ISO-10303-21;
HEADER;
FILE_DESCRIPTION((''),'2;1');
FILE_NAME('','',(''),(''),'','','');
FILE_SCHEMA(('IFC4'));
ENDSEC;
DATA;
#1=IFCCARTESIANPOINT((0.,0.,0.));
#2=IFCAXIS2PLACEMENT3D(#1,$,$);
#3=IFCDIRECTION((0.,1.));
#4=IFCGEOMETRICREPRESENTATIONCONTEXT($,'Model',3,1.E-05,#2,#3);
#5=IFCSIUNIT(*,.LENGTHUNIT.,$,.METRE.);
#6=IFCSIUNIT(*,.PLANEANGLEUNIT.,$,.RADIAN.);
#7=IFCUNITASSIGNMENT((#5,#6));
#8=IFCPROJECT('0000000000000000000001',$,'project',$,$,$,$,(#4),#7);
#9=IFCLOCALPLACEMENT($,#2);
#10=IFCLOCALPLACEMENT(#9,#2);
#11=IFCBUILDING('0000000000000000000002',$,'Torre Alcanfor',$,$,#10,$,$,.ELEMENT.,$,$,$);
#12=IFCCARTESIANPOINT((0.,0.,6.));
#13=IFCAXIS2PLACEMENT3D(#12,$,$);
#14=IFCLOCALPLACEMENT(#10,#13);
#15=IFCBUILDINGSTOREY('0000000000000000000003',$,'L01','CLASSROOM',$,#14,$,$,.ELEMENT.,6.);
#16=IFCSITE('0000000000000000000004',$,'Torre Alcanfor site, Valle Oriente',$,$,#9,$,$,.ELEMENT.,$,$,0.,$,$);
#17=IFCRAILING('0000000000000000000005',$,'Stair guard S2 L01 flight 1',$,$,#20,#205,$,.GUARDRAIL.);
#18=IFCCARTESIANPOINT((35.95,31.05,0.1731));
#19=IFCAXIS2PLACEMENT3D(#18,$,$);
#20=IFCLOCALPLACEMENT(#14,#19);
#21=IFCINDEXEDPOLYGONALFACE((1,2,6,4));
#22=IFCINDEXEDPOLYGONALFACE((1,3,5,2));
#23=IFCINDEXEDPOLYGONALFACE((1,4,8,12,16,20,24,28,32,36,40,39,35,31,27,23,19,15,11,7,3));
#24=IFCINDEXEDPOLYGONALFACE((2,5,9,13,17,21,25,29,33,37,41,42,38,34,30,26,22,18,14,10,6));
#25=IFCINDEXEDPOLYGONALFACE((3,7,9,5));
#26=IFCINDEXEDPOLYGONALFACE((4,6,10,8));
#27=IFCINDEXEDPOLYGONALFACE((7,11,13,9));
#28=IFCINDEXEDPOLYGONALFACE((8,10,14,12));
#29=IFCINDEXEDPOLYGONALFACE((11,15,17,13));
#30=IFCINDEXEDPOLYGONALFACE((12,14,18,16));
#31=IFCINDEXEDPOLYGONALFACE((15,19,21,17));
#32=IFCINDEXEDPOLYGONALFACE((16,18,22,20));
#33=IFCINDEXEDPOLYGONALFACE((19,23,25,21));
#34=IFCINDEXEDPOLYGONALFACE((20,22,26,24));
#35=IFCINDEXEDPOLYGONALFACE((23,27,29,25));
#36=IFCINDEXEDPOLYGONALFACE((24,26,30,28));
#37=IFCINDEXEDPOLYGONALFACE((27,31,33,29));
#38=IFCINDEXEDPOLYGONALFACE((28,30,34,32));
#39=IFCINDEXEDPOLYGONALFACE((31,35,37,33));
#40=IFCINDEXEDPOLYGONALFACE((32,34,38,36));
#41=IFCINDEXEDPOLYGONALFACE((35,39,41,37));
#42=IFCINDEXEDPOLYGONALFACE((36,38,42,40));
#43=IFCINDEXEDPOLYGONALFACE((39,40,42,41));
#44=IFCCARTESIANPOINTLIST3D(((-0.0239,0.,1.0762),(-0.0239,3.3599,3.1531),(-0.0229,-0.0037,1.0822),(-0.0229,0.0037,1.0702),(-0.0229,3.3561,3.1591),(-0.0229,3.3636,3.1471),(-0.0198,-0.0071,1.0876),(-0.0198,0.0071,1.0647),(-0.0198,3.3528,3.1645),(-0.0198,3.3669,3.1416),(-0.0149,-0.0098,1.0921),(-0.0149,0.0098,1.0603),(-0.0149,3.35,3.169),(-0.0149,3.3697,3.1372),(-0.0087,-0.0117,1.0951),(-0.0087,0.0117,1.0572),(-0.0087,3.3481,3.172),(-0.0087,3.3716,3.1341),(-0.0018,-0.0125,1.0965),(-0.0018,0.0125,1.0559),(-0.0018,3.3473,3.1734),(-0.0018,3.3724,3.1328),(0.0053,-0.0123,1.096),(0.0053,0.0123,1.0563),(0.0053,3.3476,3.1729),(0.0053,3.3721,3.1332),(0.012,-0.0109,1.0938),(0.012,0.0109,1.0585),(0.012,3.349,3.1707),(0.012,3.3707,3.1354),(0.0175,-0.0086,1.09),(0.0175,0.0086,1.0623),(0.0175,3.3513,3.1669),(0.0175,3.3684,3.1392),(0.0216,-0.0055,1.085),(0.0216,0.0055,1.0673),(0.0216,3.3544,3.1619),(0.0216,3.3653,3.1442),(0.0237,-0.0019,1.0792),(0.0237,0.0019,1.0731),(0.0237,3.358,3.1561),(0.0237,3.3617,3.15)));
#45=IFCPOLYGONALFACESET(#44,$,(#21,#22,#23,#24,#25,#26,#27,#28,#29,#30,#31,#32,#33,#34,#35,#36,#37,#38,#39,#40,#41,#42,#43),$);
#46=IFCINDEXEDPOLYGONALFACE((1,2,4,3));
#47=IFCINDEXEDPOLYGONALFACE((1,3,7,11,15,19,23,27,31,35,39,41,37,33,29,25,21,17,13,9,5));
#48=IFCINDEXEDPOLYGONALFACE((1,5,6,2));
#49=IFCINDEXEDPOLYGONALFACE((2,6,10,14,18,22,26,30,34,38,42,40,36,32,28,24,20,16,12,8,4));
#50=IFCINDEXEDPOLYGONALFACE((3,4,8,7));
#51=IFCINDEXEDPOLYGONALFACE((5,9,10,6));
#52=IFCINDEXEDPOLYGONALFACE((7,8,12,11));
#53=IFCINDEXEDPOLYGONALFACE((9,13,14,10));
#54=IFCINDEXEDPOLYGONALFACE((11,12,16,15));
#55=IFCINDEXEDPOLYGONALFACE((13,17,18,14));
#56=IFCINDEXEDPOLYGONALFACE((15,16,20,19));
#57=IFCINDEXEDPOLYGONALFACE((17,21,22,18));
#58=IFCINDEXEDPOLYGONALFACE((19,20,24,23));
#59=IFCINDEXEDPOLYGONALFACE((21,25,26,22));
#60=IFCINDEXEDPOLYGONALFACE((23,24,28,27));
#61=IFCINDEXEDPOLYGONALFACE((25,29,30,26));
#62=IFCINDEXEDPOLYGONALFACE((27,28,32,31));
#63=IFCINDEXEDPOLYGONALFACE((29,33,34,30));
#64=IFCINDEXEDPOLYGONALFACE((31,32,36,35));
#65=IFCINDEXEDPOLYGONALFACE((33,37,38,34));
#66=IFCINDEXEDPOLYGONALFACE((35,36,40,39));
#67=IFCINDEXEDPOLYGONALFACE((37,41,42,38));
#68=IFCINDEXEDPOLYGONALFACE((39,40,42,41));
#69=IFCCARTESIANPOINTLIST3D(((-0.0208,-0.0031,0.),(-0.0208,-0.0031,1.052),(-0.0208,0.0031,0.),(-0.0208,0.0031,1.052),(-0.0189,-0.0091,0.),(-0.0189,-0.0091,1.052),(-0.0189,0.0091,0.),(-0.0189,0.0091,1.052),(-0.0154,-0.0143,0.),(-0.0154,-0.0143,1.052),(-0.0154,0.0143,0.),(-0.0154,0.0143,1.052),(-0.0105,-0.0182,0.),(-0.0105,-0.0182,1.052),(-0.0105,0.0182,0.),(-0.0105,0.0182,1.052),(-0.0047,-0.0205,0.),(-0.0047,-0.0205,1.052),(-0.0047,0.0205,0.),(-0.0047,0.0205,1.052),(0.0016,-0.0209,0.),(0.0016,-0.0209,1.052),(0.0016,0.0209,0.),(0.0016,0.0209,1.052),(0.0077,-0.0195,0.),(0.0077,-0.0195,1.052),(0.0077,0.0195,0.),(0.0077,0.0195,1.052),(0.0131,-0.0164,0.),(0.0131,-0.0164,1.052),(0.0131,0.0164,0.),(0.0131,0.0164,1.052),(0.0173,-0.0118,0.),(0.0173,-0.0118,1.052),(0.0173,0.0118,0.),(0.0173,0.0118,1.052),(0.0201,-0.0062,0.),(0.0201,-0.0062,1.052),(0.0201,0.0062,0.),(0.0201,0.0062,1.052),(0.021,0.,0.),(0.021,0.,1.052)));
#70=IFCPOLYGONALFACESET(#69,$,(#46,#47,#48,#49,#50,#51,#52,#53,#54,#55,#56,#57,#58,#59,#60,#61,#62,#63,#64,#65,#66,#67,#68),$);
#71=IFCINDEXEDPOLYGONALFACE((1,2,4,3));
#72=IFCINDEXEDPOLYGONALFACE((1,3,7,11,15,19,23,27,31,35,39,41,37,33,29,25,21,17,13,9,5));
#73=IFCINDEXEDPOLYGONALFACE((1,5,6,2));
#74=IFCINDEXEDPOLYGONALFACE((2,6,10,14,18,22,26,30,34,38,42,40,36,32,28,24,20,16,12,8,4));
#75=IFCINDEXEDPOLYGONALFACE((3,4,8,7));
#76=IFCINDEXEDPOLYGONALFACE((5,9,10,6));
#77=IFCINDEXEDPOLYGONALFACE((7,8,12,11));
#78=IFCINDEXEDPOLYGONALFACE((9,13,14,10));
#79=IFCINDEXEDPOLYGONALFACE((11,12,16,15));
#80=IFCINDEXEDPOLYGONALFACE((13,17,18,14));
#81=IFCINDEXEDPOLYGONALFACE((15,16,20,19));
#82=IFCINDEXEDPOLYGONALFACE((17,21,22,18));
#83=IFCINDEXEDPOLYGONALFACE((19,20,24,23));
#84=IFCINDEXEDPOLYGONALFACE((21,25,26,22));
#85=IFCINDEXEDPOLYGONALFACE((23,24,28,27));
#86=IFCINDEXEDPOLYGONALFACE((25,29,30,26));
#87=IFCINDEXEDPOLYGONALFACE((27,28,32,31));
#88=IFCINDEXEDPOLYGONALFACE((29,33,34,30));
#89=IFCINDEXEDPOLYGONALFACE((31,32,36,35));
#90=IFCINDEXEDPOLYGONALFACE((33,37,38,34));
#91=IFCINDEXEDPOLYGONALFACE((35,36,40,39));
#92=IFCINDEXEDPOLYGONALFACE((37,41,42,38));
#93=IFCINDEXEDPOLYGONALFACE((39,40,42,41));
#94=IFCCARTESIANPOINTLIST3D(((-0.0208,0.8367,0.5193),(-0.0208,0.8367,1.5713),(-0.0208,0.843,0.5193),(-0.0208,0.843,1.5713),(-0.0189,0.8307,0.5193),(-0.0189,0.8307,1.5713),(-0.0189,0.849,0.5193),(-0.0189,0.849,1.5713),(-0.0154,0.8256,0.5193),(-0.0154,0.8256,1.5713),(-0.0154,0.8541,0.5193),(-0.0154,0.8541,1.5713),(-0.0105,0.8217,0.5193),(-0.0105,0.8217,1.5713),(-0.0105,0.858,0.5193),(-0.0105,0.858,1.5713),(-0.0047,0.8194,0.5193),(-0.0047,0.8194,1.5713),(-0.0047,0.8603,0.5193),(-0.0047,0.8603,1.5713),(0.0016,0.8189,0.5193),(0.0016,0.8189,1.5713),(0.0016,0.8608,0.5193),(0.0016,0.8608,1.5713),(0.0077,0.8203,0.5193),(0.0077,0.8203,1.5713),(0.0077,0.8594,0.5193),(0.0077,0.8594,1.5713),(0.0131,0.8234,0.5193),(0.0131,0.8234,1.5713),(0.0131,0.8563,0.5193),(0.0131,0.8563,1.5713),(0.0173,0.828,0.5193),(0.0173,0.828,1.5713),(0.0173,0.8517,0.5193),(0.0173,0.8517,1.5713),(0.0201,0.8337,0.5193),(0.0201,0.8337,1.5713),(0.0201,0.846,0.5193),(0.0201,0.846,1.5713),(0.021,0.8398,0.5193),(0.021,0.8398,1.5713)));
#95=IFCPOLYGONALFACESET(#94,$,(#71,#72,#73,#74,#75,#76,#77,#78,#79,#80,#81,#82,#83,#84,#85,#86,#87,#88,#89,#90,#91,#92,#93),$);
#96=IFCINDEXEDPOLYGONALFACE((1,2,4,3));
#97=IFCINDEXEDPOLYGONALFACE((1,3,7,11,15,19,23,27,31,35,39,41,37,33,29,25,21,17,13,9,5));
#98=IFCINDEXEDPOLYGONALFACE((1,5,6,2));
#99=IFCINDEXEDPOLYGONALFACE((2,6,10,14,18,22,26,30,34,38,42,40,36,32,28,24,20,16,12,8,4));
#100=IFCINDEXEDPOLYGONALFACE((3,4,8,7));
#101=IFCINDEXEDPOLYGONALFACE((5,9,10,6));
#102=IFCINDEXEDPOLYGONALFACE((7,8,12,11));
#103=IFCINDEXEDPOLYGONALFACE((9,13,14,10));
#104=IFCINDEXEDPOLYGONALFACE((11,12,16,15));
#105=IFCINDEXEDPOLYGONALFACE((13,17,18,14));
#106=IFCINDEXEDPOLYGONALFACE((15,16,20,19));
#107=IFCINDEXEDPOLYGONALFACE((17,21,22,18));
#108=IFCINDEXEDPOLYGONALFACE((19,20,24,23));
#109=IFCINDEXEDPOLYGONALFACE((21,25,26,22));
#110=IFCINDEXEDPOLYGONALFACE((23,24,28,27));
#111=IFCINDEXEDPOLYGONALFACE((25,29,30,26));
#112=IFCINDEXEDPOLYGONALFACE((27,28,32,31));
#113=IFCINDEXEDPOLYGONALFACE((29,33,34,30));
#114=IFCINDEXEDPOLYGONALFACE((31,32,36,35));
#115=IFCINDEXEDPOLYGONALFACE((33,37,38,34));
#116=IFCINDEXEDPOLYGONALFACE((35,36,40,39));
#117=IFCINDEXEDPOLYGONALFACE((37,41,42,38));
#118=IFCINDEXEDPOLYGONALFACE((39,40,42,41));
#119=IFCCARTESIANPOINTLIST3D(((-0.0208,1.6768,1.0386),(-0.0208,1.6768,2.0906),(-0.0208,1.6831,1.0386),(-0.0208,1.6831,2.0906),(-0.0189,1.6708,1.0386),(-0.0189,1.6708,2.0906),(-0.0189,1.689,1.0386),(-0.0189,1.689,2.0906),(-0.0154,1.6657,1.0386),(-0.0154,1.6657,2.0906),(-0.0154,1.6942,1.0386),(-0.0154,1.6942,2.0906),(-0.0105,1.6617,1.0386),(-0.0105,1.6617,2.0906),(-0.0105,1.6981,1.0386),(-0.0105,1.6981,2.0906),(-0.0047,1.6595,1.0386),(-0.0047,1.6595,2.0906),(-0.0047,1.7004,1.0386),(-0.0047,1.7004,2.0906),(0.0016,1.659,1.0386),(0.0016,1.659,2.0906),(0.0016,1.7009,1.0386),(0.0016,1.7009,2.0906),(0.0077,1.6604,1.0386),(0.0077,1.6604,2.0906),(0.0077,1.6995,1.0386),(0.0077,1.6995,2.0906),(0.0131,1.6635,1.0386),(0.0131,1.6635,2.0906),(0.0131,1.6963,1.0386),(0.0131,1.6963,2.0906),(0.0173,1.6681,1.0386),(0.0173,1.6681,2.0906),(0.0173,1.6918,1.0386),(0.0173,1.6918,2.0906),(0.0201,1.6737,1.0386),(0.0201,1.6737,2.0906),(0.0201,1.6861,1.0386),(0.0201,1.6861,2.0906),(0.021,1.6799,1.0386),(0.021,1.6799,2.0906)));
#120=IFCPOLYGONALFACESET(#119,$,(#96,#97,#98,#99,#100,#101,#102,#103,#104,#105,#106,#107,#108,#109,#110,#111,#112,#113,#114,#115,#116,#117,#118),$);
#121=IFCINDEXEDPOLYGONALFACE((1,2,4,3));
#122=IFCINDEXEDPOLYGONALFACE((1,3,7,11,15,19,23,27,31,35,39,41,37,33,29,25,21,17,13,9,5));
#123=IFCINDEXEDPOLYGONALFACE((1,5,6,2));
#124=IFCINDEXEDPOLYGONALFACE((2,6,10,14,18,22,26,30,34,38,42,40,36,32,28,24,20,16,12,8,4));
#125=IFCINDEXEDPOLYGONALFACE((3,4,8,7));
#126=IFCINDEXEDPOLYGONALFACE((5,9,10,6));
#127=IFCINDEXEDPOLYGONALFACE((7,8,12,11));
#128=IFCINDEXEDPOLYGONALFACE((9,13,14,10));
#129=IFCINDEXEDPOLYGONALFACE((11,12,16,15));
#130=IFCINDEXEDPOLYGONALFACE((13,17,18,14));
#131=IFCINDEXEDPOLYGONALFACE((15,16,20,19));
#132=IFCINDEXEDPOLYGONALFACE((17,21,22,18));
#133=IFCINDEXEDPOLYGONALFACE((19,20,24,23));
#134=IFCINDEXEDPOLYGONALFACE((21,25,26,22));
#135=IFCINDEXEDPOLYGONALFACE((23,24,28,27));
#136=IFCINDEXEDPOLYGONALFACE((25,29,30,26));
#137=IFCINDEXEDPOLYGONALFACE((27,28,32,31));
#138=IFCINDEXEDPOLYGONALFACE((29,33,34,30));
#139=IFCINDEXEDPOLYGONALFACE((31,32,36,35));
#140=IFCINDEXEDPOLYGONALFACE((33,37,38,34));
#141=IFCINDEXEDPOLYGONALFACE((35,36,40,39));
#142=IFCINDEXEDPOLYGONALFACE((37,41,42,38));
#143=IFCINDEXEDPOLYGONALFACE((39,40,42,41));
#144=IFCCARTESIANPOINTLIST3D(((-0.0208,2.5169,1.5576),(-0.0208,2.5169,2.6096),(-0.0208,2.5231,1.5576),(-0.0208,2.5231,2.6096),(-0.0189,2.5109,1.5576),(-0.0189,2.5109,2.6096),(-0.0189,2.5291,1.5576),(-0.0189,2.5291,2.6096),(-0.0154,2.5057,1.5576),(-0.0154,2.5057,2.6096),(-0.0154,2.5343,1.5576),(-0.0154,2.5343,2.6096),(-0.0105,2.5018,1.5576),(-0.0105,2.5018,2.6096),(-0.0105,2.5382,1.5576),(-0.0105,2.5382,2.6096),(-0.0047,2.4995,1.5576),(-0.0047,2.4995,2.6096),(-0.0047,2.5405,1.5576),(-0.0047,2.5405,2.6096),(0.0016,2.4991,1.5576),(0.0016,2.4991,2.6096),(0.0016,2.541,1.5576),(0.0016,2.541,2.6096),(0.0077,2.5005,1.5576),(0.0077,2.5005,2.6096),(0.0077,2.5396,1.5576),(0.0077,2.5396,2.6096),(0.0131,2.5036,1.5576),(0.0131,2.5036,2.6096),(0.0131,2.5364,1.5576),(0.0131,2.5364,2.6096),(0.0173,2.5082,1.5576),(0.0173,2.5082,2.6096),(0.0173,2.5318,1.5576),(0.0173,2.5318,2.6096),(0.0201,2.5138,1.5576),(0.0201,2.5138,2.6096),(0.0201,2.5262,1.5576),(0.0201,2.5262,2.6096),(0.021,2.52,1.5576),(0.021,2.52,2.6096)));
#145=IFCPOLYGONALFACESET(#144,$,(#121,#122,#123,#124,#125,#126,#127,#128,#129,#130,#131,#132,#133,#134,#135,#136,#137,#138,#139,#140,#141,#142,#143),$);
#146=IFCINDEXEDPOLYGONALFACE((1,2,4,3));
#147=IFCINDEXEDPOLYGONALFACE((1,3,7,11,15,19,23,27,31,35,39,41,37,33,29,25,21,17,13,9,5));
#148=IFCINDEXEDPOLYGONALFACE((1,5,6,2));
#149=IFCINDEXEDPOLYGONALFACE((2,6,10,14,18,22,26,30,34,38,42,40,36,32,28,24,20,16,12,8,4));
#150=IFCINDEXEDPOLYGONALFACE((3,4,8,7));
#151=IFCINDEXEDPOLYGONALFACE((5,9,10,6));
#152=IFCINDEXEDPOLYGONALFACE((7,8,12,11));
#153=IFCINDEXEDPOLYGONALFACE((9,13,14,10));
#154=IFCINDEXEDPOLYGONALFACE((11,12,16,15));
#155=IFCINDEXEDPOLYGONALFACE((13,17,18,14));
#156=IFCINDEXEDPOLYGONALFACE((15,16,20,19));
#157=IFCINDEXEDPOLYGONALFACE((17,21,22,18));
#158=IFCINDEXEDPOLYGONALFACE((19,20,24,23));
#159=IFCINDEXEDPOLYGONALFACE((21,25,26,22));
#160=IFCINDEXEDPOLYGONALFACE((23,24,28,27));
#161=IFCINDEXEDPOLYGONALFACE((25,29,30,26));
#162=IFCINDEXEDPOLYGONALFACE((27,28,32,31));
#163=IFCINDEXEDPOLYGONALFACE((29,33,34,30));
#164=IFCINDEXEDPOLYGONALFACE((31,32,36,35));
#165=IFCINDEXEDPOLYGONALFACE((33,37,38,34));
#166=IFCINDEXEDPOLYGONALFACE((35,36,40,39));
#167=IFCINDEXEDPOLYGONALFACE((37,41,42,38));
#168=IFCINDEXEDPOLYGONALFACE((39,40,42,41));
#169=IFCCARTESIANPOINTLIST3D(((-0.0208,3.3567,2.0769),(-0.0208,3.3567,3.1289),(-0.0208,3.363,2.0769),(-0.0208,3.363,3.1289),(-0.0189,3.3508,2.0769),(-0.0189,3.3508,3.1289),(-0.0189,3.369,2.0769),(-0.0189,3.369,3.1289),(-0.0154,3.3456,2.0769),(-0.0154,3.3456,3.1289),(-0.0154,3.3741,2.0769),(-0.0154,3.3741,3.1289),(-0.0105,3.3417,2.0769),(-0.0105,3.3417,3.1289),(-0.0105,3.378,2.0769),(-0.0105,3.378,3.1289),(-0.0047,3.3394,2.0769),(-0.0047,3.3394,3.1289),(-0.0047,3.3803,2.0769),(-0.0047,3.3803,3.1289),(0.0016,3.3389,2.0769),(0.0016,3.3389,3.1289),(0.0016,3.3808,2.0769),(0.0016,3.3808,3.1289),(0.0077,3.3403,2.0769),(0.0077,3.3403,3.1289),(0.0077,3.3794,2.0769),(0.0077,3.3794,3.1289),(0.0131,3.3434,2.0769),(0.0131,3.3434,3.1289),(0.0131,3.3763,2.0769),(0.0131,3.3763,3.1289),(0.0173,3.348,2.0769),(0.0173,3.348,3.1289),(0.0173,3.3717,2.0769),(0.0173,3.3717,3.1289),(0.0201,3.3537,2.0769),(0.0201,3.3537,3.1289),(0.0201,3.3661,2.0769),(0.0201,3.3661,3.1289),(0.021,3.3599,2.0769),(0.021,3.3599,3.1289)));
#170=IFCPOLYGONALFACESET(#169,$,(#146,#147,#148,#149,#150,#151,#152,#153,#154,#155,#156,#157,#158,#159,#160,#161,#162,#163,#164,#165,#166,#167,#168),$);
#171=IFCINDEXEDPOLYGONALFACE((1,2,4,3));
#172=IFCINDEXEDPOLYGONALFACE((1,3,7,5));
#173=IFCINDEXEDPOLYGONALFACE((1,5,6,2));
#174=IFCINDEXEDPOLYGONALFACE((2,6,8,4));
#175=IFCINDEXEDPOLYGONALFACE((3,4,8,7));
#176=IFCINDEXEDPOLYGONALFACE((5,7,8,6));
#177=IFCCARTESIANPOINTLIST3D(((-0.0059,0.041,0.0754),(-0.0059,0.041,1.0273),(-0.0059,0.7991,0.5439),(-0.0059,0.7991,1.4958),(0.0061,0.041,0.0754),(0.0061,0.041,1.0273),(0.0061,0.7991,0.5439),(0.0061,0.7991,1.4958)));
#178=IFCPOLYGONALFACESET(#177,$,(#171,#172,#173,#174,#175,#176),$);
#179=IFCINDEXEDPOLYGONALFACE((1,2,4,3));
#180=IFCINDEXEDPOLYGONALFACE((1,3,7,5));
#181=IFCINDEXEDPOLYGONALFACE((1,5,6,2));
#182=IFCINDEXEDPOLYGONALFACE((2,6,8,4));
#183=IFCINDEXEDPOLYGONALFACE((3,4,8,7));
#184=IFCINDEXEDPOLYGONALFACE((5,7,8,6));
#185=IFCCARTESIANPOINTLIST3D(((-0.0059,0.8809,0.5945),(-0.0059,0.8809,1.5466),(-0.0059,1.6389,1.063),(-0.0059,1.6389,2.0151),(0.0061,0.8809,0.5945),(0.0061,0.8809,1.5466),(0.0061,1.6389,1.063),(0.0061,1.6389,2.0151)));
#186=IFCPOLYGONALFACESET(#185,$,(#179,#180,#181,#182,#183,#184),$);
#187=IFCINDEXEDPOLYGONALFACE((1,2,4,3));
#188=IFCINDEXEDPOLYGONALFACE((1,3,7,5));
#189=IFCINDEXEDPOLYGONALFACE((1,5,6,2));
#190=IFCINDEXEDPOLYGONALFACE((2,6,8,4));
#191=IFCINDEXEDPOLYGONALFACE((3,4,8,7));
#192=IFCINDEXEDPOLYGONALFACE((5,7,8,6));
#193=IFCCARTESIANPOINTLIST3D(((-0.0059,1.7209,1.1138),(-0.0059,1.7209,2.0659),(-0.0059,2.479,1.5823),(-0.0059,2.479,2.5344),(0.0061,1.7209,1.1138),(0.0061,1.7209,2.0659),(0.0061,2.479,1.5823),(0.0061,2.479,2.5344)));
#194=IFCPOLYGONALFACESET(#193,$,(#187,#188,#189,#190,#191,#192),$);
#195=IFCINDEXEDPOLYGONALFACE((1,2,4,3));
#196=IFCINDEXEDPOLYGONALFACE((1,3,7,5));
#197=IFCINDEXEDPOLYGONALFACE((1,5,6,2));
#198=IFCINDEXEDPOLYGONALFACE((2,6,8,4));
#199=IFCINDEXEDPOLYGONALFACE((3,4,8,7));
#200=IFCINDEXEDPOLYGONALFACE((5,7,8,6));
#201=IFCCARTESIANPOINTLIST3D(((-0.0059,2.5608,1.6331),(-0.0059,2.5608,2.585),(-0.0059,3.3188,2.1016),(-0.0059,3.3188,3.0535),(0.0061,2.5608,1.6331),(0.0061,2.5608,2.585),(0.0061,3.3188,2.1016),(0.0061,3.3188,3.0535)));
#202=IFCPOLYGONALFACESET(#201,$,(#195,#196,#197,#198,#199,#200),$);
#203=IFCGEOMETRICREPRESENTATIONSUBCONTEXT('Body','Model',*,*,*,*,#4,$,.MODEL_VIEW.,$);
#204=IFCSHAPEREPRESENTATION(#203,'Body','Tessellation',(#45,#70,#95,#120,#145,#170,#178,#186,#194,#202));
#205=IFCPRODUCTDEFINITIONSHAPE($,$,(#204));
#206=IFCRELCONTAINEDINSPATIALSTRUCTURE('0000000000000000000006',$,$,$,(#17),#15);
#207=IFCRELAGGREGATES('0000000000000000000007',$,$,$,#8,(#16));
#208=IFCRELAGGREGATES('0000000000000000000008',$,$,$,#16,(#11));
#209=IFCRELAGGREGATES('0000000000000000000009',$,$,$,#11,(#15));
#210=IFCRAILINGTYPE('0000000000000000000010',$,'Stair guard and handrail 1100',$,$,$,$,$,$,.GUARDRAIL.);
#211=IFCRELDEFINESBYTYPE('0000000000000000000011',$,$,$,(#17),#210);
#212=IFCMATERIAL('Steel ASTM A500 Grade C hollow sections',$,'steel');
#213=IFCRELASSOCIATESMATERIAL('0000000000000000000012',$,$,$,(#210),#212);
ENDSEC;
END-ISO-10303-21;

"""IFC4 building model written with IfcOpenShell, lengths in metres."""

from ifc_helpers import new_model, si_unit, direction, frame, origin, origin_2d, place, context, subcontext, project, spatial, polyline, circle, outline, extrude, material, type_object, element, save


model = new_model("IFC4")

# Units and contexts
model_context = context("Model", 3, precision=1e-05, world=origin(), true_north=direction((0.0, 1.0)))
body_context = subcontext(model_context, "Body", "Model", "MODEL_VIEW")
ifc_project = project(units=[si_unit("LENGTHUNIT", "METRE"), si_unit("PLANEANGLEUNIT", "RADIAN")], contexts=[model_context])

# Site, building, storey
site_placement = place(None, origin())
site = spatial("IfcSite", under=ifc_project, at=site_placement, Name="Torre Alcanfor site, Valle Oriente", CompositionType="ELEMENT", RefElevation=0.0)
building_placement = place(site_placement, origin())
building = spatial("IfcBuilding", under=site, at=building_placement, Name="Torre Alcanfor", CompositionType="ELEMENT")
storey_placement = place(building_placement, frame((0.0, 0.0, 6.0)))
storey = spatial("IfcBuildingStorey", under=building, at=storey_placement, Name="L01", Description="CLASSROOM", CompositionType="ELEMENT", Elevation=6.0)

# Railing
ifc_material_1 = material(Name="Steel ASTM A500 Grade C hollow sections", Category="steel")
railing_type_1 = type_object("IfcRailingType", Name="Stair guard and handrail 1100", PredefinedType="GUARDRAIL", material=ifc_material_1)
railing_1_placement = place(storey_placement, frame((35.95, 31.05, 0.1731)))
element("IfcRailing", 1, at=railing_1_placement, inside=storey, type_object=railing_type_1, Name="Stair guard S2 L01 flight 1", PredefinedType="GUARDRAIL", context=body_context, shape_type="SweptSolid", body=[
    extrude(circle(Radius=0.0239, at=origin_2d()), frame((0.0, 0.0, 1.0762), z_axis=(0.0, 0.850606, 0.525803), x_axis=(-1.0, 0.0, 0.0)), (0.0, 0.0, 1.0), 3.95),
    extrude(circle(Radius=0.021, at=origin_2d()), origin(), (0.0, 0.0, 1.0), 1.052),
    extrude(circle(Radius=0.021, at=origin_2d()), frame((0.0, 0.8398, 0.5193)), (0.0, 0.0, 1.0), 1.052),
    extrude(circle(Radius=0.021, at=origin_2d()), frame((0.0, 1.6799, 1.0386)), (0.0, 0.0, 1.0), 1.052),
    extrude(circle(Radius=0.021, at=origin_2d()), frame((0.0, 2.52, 1.5576)), (0.0, 0.0, 1.0), 1.052),
    extrude(circle(Radius=0.021, at=origin_2d()), frame((0.0, 3.3599, 2.0769)), (0.0, 0.0, 1.0), 1.052),
    extrude(outline(polyline([(0.041, 0.0754), (0.7991, 0.5439), (0.7991, 1.4958), (0.041, 1.0273), (0.041, 0.0754)])), frame((-0.0059, 0.0, 0.0), z_axis=(1.0, 0.0, 0.0), x_axis=(0.0, 1.0, 0.0)), (0.0, 0.0, 1.0), 0.012),
    extrude(outline(polyline([(0.8809, 0.5945), (1.6389, 1.063), (1.6389, 2.0151), (0.8809, 1.5466), (0.8809, 0.5945)])), frame((-0.0059, 0.0, 0.0), z_axis=(1.0, 0.0, 0.0), x_axis=(0.0, 1.0, 0.0)), (0.0, 0.0, 1.0), 0.012),
    extrude(outline(polyline([(1.7209, 1.1138), (2.479, 1.5823), (2.479, 2.5344), (1.7209, 2.0659), (1.7209, 1.1138)])), frame((-0.0059, 0.0, 0.0), z_axis=(1.0, 0.0, 0.0), x_axis=(0.0, 1.0, 0.0)), (0.0, 0.0, 1.0), 0.012),
    extrude(outline(polyline([(2.5608, 1.6331), (3.3188, 2.1016), (3.3188, 3.0535), (2.5608, 2.585), (2.5608, 1.6331)])), frame((-0.0059, 0.0, 0.0), z_axis=(1.0, 0.0, 0.0), x_axis=(0.0, 1.0, 0.0)), (0.0, 0.0, 1.0), 0.012),
])

save(model, "model.ifc")
